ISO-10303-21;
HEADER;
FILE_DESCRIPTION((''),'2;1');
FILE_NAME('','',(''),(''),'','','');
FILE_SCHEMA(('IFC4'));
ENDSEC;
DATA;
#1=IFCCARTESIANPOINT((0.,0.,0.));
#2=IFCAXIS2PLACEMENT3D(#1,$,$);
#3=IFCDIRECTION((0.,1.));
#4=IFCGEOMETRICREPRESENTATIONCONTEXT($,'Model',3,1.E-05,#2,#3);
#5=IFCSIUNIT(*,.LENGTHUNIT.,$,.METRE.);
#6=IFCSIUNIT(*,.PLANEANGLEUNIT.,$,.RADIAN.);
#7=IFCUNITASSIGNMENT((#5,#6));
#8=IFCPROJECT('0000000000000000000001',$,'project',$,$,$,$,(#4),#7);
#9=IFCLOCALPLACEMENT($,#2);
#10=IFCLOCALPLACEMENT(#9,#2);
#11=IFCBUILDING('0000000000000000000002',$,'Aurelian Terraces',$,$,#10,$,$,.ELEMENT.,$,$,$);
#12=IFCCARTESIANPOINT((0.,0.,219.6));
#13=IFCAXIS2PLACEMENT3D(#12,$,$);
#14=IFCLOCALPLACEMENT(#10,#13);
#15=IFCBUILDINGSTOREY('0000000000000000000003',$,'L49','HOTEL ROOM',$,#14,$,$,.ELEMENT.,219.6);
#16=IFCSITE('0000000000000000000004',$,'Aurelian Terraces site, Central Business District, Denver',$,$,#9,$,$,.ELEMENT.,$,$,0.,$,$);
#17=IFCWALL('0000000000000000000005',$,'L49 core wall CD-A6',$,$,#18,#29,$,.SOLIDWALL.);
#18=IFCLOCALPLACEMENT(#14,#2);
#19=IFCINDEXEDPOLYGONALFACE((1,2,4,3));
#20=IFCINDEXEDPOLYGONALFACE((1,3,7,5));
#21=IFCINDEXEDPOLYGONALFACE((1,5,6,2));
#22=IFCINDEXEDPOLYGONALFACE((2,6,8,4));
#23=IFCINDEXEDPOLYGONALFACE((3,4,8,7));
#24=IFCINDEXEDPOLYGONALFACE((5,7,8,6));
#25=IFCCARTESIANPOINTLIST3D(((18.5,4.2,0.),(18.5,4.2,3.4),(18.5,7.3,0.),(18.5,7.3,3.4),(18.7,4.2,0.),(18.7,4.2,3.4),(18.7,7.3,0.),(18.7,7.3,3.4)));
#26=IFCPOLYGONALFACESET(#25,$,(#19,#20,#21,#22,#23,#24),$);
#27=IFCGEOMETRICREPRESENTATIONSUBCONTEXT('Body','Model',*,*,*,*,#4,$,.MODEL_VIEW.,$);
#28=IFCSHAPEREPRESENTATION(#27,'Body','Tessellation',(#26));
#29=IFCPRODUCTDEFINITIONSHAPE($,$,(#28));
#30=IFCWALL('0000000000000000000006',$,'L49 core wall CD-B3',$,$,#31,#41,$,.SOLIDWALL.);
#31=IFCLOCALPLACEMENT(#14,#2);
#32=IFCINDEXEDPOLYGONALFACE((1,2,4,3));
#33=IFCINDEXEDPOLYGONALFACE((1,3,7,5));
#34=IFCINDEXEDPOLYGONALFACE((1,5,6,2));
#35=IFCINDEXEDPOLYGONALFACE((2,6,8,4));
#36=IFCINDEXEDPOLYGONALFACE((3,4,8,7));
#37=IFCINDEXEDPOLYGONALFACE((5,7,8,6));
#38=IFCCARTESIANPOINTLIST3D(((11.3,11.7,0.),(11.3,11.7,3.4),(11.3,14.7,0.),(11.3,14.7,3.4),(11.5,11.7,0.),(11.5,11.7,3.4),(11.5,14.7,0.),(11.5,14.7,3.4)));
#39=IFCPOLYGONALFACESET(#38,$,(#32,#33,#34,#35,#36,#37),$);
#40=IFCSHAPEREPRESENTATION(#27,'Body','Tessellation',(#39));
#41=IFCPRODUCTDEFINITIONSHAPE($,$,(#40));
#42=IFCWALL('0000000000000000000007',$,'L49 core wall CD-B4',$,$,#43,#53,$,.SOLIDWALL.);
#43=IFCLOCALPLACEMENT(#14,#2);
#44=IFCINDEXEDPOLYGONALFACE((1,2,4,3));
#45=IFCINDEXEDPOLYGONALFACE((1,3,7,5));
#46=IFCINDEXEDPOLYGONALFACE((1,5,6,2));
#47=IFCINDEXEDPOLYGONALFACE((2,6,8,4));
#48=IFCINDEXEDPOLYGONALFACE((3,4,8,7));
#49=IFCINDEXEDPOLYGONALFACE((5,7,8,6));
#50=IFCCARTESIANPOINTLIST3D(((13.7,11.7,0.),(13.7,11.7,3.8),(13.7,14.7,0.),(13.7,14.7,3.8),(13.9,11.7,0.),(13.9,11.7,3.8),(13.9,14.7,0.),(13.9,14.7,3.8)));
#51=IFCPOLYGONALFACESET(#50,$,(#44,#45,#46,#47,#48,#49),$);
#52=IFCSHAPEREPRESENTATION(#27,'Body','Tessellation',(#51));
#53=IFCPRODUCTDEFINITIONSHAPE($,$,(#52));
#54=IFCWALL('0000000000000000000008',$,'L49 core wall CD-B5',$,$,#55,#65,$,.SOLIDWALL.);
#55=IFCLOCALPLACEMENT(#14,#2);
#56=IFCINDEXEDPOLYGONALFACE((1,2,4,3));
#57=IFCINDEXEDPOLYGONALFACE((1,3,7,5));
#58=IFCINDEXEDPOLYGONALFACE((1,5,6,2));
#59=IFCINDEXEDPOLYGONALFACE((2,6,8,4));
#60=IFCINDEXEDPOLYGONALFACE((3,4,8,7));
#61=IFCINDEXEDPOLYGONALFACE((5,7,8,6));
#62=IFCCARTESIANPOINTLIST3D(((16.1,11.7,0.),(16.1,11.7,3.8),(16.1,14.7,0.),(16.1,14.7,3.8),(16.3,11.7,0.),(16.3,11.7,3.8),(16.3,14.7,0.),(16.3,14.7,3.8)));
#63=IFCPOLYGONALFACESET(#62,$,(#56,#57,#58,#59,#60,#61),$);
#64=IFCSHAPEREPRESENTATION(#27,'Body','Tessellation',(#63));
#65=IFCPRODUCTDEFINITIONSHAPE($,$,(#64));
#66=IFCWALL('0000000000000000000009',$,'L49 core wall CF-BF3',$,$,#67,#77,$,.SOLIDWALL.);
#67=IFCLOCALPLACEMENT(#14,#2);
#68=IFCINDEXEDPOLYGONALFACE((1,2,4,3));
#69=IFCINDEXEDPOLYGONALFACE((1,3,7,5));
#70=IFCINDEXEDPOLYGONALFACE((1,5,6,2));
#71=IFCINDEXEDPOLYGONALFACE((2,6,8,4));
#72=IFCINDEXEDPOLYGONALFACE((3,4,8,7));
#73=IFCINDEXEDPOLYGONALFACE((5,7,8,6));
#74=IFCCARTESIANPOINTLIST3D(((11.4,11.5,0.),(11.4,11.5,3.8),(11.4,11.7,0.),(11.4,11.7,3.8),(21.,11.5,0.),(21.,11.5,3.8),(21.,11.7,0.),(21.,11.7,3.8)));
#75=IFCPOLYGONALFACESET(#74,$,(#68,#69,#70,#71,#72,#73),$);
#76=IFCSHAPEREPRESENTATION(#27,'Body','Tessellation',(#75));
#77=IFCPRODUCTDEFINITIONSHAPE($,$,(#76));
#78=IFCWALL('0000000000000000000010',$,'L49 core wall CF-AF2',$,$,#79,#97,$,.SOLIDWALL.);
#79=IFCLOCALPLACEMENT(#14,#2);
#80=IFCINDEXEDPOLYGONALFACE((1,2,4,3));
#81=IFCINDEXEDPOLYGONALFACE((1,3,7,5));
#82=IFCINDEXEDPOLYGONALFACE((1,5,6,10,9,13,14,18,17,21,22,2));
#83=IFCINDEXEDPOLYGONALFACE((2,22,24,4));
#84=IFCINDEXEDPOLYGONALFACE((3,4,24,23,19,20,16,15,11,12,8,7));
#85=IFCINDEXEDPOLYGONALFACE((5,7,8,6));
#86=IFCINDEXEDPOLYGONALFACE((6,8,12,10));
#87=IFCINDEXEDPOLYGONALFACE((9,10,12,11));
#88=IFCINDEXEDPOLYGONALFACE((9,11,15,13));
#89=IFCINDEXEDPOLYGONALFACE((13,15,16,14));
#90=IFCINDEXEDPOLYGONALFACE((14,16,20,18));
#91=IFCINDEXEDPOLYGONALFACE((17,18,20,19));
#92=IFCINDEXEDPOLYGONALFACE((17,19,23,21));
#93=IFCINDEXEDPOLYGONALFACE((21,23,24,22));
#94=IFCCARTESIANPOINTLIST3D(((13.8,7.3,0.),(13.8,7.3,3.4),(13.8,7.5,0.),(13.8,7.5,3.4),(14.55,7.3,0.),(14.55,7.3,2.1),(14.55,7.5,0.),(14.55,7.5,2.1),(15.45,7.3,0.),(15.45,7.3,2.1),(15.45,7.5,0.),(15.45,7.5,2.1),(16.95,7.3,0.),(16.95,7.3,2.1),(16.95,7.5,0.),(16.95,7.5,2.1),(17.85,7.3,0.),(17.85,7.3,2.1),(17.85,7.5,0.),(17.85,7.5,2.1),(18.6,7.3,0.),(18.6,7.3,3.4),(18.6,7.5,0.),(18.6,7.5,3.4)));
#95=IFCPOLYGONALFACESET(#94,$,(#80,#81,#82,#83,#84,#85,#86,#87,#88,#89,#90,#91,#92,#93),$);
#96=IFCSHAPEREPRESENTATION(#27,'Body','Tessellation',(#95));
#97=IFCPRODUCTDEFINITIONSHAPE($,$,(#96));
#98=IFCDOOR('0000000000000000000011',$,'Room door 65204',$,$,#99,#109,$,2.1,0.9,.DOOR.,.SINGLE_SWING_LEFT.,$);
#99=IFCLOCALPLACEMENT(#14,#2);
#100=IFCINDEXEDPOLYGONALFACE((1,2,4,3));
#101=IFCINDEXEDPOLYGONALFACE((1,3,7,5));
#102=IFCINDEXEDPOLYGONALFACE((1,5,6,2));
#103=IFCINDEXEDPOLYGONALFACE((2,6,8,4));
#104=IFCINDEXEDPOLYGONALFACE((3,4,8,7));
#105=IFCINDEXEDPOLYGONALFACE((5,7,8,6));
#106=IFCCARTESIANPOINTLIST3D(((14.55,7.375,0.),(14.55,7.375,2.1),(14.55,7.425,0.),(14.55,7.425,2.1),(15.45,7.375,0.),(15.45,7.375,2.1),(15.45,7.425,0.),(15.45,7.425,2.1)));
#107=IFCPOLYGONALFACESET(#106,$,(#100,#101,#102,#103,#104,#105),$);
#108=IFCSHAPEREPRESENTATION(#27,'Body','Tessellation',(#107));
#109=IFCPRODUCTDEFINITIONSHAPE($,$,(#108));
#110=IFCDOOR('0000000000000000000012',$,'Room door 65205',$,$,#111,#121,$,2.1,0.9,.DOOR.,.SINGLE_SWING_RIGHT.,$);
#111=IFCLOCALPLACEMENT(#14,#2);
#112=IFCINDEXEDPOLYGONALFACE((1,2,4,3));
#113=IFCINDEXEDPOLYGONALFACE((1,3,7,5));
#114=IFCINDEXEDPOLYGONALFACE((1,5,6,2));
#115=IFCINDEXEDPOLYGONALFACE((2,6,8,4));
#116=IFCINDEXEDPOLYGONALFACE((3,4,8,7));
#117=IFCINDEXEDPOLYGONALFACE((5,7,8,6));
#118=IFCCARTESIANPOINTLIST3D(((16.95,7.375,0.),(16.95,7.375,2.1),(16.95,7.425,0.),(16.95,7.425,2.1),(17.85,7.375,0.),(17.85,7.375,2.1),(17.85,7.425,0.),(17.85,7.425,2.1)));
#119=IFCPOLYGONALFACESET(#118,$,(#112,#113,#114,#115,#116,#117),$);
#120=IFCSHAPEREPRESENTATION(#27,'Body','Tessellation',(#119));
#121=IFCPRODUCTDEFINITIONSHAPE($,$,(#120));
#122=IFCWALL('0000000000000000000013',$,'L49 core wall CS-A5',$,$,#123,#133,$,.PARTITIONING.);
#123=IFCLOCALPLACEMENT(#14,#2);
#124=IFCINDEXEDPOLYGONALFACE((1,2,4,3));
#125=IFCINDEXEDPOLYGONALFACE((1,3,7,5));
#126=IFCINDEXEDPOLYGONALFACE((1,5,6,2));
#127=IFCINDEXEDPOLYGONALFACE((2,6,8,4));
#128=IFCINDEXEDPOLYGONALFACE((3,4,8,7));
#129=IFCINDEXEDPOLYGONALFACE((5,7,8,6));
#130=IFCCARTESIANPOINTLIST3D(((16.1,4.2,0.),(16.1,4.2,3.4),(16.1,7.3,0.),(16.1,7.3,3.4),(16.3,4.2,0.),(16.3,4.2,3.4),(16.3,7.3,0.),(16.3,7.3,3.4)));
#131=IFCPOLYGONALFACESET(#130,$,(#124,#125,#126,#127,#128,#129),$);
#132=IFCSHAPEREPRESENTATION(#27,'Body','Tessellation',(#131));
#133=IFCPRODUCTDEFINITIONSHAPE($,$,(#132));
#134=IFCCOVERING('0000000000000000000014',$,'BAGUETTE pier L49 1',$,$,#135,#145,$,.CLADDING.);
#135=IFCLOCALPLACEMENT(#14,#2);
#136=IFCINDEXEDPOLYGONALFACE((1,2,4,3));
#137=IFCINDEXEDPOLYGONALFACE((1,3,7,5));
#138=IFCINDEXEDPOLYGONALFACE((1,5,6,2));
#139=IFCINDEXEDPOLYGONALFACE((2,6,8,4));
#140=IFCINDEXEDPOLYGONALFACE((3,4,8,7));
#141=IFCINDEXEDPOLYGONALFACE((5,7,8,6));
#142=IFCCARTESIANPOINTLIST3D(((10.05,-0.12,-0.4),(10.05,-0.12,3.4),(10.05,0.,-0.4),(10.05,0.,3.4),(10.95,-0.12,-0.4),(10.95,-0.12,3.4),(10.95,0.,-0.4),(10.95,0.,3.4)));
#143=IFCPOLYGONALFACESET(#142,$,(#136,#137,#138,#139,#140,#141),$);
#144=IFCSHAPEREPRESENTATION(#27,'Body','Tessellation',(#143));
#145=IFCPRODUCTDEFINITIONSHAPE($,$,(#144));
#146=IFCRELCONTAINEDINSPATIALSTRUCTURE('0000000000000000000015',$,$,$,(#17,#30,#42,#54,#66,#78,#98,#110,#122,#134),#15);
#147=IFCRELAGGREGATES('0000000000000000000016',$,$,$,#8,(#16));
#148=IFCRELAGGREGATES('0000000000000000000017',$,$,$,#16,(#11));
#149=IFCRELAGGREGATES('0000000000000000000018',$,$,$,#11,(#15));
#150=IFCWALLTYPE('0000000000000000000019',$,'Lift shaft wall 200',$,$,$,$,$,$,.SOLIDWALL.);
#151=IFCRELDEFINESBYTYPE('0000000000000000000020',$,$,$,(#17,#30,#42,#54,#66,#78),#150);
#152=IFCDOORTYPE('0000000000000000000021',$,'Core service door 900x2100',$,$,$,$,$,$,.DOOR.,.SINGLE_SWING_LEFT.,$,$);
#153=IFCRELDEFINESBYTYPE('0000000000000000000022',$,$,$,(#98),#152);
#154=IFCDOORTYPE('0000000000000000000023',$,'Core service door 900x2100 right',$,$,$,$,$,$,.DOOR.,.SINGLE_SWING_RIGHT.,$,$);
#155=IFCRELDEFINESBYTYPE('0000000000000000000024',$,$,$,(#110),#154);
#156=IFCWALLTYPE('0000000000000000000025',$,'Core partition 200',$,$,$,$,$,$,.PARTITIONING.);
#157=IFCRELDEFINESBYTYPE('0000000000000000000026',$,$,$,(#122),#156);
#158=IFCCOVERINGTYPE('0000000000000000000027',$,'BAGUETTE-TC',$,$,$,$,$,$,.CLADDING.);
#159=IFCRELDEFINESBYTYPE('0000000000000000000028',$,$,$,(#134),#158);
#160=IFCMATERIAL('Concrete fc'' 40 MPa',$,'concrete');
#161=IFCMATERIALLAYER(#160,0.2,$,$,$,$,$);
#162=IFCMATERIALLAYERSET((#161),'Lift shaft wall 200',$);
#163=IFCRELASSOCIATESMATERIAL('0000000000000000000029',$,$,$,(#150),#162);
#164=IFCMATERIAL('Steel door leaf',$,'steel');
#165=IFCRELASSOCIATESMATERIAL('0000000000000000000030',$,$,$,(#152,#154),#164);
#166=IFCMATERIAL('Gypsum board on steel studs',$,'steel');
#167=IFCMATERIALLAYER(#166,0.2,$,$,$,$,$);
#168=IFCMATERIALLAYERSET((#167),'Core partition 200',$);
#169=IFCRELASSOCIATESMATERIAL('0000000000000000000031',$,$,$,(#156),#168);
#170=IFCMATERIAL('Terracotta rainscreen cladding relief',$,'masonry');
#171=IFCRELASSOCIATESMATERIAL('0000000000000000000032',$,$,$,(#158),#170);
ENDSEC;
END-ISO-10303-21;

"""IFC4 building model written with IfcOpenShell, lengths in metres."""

from ifc_helpers import new_model, si_unit, direction, frame, frame_2d, origin, origin_2d, place, context, subcontext, project, spatial, rectangle, extrude, source, transform, mapped, material, layer, layer_set, type_object, element, fill, save


model = new_model("IFC4")

# Units and contexts
model_context = context("Model", 3, precision=1e-05, world=origin(), true_north=direction((0.0, 1.0)))
body_context = subcontext(model_context, "Body", "Model", "MODEL_VIEW")
ifc_project = project(units=[si_unit("LENGTHUNIT", "METRE"), si_unit("PLANEANGLEUNIT", "RADIAN")], contexts=[model_context])

# Site, building, storey
site_placement = place(None, origin())
site = spatial("IfcSite", under=ifc_project, at=site_placement, Name="Aurelian Terraces site, Central Business District, Denver", CompositionType="ELEMENT", RefElevation=0.0)
building_placement = place(site_placement, origin())
building = spatial("IfcBuilding", under=site, at=building_placement, Name="Aurelian Terraces", CompositionType="ELEMENT")
storey_placement = place(building_placement, frame((0.0, 0.0, 219.6)))
storey = spatial("IfcBuildingStorey", under=building, at=storey_placement, Name="L49", Description="HOTEL ROOM", CompositionType="ELEMENT", Elevation=219.6)

# Shared definitions
ifc_material_1 = material(Name="Concrete fc' 40 MPa", Category="concrete")

# Walls
ifc_layer_1 = layer(ifc_material_1, 0.2)
ifc_layer_set_1 = layer_set([ifc_layer_1], Name="Lift shaft wall 200")
wall_type_1 = type_object("IfcWallType", Name="Lift shaft wall 200", PredefinedType="SOLIDWALL", material=ifc_layer_set_1)
shared_shape_1 = source(origin(), body_context, "Body", "SweptSolid", [
    extrude(rectangle(XDim=3.1, YDim=0.2, at=frame_2d((1.55, 0.0))), origin(), (0.0, 0.0, 1.0), 3.4),
])
for number, where, z_axis, x_axis, name in (
    (1, (18.6, 4.2, 0.0), (0.0, 0.0, 1.0), (0.0, 1.0, 0.0), "L49 core wall CD-A6"),
):
    element("IfcWall", number, at=place(storey_placement, frame(where, z_axis=z_axis, x_axis=x_axis)), inside=storey, type_object=wall_type_1, Name=name, PredefinedType="SOLIDWALL", context=body_context, shape_type="MappedRepresentation", body=[
        mapped(shared_shape_1, transform((0.0, 0.0, 0.0), scale=1.0)),
    ])
shared_shape_2 = source(origin(), body_context, "Body", "SweptSolid", [
    extrude(rectangle(XDim=3.0, YDim=0.2, at=frame_2d((1.5, 0.0))), origin(), (0.0, 0.0, 1.0), 3.4),
])
wall_1_placement = place(storey_placement, frame((11.4, 11.7, 0.0), z_axis=(0.0, 0.0, 1.0), x_axis=(0.0, 1.0, 0.0)))
element("IfcWall", 2, at=wall_1_placement, inside=storey, type_object=wall_type_1, Name="L49 core wall CD-B3", PredefinedType="SOLIDWALL", context=body_context, shape_type="MappedRepresentation", body=[
    mapped(shared_shape_2, transform((0.0, 0.0, 0.0), scale=1.0)),
])
shared_shape_3 = source(origin(), body_context, "Body", "SweptSolid", [
    extrude(rectangle(XDim=3.0, YDim=0.2, at=frame_2d((1.5, 0.0))), origin(), (0.0, 0.0, 1.0), 3.8),
])
for number, where, z_axis, x_axis, name in (
    (3, (13.8, 11.7, 0.0), (0.0, 0.0, 1.0), (0.0, 1.0, 0.0), "L49 core wall CD-B4"),
    (4, (16.2, 11.7, 0.0), (0.0, 0.0, 1.0), (0.0, 1.0, 0.0), "L49 core wall CD-B5"),
):
    element("IfcWall", number, at=place(storey_placement, frame(where, z_axis=z_axis, x_axis=x_axis)), inside=storey, type_object=wall_type_1, Name=name, PredefinedType="SOLIDWALL", context=body_context, shape_type="MappedRepresentation", body=[
        mapped(shared_shape_3, transform((0.0, 0.0, 0.0), scale=1.0)),
    ])
shared_shape_4 = source(origin(), body_context, "Body", "SweptSolid", [
    extrude(rectangle(XDim=9.6, YDim=0.2, at=frame_2d((4.8, 0.0))), origin(), (0.0, 0.0, 1.0), 3.8),
])
wall_2_placement = place(storey_placement, frame((11.4, 11.6, 0.0), z_axis=(0.0, 0.0, 1.0), x_axis=(1.0, 0.0, 0.0)))
element("IfcWall", 5, at=wall_2_placement, inside=storey, type_object=wall_type_1, Name="L49 core wall CF-BF3", PredefinedType="SOLIDWALL", context=body_context, shape_type="MappedRepresentation", body=[
    mapped(shared_shape_4, transform((0.0, 0.0, 0.0), scale=1.0)),
])

# Wall, openings, doors
shared_shape_5 = source(origin(), body_context, "Body", "SweptSolid", [
    extrude(rectangle(XDim=4.8, YDim=0.2, at=frame_2d((2.4, 0.0))), origin(), (0.0, 0.0, 1.0), 3.4),
])
wall_3_placement = place(storey_placement, frame((13.8, 7.4, 0.0), z_axis=(0.0, 0.0, 1.0), x_axis=(1.0, 0.0, 0.0)))
wall_3 = element("IfcWall", 6, at=wall_3_placement, inside=storey, type_object=wall_type_1, Name="L49 core wall CF-AF2", PredefinedType="SOLIDWALL", context=body_context, shape_type="MappedRepresentation", body=[
    mapped(shared_shape_5, transform((0.0, 0.0, 0.0), scale=1.0)),
])
shared_shape_6 = source(origin(), body_context, "Body", "SweptSolid", [
    extrude(rectangle(XDim=0.9, YDim=2.1, at=frame_2d((0.45, 1.05))), frame((0.0, 0.11, 0.0), z_axis=(0.0, -1.0, 0.0), x_axis=(1.0, 0.0, 0.0)), (0.0, 0.0, 1.0), 0.22),
])
opening_1_placement = place(wall_3_placement, frame((0.75, 0.0, 0.0)))
opening_1 = element("IfcOpeningElement", 7, at=opening_1_placement, cuts=wall_3, PredefinedType="OPENING", context=body_context, shape_type="MappedRepresentation", body=[
    mapped(shared_shape_6, transform((0.0, 0.0, 0.0), scale=1.0)),
])
opening_2_placement = place(wall_3_placement, frame((3.15, 0.0, 0.0)))
opening_2 = element("IfcOpeningElement", 8, at=opening_2_placement, cuts=wall_3, PredefinedType="OPENING", context=body_context, shape_type="MappedRepresentation", body=[
    mapped(shared_shape_6, transform((0.0, 0.0, 0.0), scale=1.0)),
])
ifc_material_2 = material(Name="Steel door leaf", Category="steel")
door_type_1 = type_object("IfcDoorType", Name="Core service door 900x2100", OperationType="SINGLE_SWING_LEFT", PredefinedType="DOOR", material=ifc_material_2)
shared_shape_7 = source(origin(), body_context, "Body", "SweptSolid", [
    extrude(rectangle(XDim=0.9, YDim=2.1, at=frame_2d((0.45, 1.05))), frame((0.0, 0.025, 0.0), z_axis=(0.0, -1.0, 0.0), x_axis=(1.0, 0.0, 0.0)), (0.0, 0.0, 1.0), 0.05),
])
door_1_placement = place(opening_1_placement, origin())
door_1 = element("IfcDoor", 9, at=door_1_placement, inside=storey, type_object=door_type_1, Name="Room door 65204", OperationType="SINGLE_SWING_LEFT", OverallHeight=2.1, OverallWidth=0.9, PredefinedType="DOOR", context=body_context, shape_type="MappedRepresentation", body=[
    mapped(shared_shape_7, transform((0.0, 0.0, 0.0), scale=1.0)),
])
fill(opening_1, door_1)
door_type_2 = type_object("IfcDoorType", Name="Core service door 900x2100 right", OperationType="SINGLE_SWING_RIGHT", PredefinedType="DOOR", material=ifc_material_2)
door_2_placement = place(opening_2_placement, origin())
door_2 = element("IfcDoor", 10, at=door_2_placement, inside=storey, type_object=door_type_2, Name="Room door 65205", OperationType="SINGLE_SWING_RIGHT", OverallHeight=2.1, OverallWidth=0.9, PredefinedType="DOOR", context=body_context, shape_type="MappedRepresentation", body=[
    mapped(shared_shape_7, transform((0.0, 0.0, 0.0), scale=1.0)),
])
fill(opening_2, door_2)

# Wall
ifc_material_3 = material(Name="Gypsum board on steel studs", Category="steel")
ifc_layer_2 = layer(ifc_material_3, 0.2)
ifc_layer_set_2 = layer_set([ifc_layer_2], Name="Core partition 200")
wall_type_2 = type_object("IfcWallType", Name="Core partition 200", PredefinedType="PARTITIONING", material=ifc_layer_set_2)
shared_shape_8 = source(origin(), body_context, "Body", "SweptSolid", [
    extrude(rectangle(XDim=3.1, YDim=0.2, at=frame_2d((1.55, 0.0))), origin(), (0.0, 0.0, 1.0), 3.4),
])
wall_4_placement = place(storey_placement, frame((16.2, 4.2, 0.0), z_axis=(0.0, 0.0, 1.0), x_axis=(0.0, 1.0, 0.0)))
element("IfcWall", 11, at=wall_4_placement, inside=storey, type_object=wall_type_2, Name="L49 core wall CS-A5", PredefinedType="PARTITIONING", context=body_context, shape_type="MappedRepresentation", body=[
    mapped(shared_shape_8, transform((0.0, 0.0, 0.0), scale=1.0)),
])

# Covering
ifc_material_4 = material(Name="Terracotta rainscreen cladding relief", Category="masonry")
covering_type = type_object("IfcCoveringType", Name="BAGUETTE-TC", PredefinedType="CLADDING", material=ifc_material_4)
shared_shape_9 = source(origin(), body_context, "Body", "SweptSolid", [
    extrude(rectangle(XDim=0.9, YDim=0.12, at=origin_2d()), origin(), (0.0, 0.0, 1.0), 3.8),
])
covering_placement = place(storey_placement, frame((10.5, -0.06, -0.4), z_axis=(0.0, 0.0, 1.0), x_axis=(1.0, 0.0, 0.0)))
element("IfcCovering", 12, at=covering_placement, inside=storey, type_object=covering_type, Name="BAGUETTE pier L49 1", PredefinedType="CLADDING", context=body_context, shape_type="MappedRepresentation", body=[
    mapped(shared_shape_9, transform((0.0, 0.0, 0.0), scale=1.0)),
])

save(model, "model.ifc")
